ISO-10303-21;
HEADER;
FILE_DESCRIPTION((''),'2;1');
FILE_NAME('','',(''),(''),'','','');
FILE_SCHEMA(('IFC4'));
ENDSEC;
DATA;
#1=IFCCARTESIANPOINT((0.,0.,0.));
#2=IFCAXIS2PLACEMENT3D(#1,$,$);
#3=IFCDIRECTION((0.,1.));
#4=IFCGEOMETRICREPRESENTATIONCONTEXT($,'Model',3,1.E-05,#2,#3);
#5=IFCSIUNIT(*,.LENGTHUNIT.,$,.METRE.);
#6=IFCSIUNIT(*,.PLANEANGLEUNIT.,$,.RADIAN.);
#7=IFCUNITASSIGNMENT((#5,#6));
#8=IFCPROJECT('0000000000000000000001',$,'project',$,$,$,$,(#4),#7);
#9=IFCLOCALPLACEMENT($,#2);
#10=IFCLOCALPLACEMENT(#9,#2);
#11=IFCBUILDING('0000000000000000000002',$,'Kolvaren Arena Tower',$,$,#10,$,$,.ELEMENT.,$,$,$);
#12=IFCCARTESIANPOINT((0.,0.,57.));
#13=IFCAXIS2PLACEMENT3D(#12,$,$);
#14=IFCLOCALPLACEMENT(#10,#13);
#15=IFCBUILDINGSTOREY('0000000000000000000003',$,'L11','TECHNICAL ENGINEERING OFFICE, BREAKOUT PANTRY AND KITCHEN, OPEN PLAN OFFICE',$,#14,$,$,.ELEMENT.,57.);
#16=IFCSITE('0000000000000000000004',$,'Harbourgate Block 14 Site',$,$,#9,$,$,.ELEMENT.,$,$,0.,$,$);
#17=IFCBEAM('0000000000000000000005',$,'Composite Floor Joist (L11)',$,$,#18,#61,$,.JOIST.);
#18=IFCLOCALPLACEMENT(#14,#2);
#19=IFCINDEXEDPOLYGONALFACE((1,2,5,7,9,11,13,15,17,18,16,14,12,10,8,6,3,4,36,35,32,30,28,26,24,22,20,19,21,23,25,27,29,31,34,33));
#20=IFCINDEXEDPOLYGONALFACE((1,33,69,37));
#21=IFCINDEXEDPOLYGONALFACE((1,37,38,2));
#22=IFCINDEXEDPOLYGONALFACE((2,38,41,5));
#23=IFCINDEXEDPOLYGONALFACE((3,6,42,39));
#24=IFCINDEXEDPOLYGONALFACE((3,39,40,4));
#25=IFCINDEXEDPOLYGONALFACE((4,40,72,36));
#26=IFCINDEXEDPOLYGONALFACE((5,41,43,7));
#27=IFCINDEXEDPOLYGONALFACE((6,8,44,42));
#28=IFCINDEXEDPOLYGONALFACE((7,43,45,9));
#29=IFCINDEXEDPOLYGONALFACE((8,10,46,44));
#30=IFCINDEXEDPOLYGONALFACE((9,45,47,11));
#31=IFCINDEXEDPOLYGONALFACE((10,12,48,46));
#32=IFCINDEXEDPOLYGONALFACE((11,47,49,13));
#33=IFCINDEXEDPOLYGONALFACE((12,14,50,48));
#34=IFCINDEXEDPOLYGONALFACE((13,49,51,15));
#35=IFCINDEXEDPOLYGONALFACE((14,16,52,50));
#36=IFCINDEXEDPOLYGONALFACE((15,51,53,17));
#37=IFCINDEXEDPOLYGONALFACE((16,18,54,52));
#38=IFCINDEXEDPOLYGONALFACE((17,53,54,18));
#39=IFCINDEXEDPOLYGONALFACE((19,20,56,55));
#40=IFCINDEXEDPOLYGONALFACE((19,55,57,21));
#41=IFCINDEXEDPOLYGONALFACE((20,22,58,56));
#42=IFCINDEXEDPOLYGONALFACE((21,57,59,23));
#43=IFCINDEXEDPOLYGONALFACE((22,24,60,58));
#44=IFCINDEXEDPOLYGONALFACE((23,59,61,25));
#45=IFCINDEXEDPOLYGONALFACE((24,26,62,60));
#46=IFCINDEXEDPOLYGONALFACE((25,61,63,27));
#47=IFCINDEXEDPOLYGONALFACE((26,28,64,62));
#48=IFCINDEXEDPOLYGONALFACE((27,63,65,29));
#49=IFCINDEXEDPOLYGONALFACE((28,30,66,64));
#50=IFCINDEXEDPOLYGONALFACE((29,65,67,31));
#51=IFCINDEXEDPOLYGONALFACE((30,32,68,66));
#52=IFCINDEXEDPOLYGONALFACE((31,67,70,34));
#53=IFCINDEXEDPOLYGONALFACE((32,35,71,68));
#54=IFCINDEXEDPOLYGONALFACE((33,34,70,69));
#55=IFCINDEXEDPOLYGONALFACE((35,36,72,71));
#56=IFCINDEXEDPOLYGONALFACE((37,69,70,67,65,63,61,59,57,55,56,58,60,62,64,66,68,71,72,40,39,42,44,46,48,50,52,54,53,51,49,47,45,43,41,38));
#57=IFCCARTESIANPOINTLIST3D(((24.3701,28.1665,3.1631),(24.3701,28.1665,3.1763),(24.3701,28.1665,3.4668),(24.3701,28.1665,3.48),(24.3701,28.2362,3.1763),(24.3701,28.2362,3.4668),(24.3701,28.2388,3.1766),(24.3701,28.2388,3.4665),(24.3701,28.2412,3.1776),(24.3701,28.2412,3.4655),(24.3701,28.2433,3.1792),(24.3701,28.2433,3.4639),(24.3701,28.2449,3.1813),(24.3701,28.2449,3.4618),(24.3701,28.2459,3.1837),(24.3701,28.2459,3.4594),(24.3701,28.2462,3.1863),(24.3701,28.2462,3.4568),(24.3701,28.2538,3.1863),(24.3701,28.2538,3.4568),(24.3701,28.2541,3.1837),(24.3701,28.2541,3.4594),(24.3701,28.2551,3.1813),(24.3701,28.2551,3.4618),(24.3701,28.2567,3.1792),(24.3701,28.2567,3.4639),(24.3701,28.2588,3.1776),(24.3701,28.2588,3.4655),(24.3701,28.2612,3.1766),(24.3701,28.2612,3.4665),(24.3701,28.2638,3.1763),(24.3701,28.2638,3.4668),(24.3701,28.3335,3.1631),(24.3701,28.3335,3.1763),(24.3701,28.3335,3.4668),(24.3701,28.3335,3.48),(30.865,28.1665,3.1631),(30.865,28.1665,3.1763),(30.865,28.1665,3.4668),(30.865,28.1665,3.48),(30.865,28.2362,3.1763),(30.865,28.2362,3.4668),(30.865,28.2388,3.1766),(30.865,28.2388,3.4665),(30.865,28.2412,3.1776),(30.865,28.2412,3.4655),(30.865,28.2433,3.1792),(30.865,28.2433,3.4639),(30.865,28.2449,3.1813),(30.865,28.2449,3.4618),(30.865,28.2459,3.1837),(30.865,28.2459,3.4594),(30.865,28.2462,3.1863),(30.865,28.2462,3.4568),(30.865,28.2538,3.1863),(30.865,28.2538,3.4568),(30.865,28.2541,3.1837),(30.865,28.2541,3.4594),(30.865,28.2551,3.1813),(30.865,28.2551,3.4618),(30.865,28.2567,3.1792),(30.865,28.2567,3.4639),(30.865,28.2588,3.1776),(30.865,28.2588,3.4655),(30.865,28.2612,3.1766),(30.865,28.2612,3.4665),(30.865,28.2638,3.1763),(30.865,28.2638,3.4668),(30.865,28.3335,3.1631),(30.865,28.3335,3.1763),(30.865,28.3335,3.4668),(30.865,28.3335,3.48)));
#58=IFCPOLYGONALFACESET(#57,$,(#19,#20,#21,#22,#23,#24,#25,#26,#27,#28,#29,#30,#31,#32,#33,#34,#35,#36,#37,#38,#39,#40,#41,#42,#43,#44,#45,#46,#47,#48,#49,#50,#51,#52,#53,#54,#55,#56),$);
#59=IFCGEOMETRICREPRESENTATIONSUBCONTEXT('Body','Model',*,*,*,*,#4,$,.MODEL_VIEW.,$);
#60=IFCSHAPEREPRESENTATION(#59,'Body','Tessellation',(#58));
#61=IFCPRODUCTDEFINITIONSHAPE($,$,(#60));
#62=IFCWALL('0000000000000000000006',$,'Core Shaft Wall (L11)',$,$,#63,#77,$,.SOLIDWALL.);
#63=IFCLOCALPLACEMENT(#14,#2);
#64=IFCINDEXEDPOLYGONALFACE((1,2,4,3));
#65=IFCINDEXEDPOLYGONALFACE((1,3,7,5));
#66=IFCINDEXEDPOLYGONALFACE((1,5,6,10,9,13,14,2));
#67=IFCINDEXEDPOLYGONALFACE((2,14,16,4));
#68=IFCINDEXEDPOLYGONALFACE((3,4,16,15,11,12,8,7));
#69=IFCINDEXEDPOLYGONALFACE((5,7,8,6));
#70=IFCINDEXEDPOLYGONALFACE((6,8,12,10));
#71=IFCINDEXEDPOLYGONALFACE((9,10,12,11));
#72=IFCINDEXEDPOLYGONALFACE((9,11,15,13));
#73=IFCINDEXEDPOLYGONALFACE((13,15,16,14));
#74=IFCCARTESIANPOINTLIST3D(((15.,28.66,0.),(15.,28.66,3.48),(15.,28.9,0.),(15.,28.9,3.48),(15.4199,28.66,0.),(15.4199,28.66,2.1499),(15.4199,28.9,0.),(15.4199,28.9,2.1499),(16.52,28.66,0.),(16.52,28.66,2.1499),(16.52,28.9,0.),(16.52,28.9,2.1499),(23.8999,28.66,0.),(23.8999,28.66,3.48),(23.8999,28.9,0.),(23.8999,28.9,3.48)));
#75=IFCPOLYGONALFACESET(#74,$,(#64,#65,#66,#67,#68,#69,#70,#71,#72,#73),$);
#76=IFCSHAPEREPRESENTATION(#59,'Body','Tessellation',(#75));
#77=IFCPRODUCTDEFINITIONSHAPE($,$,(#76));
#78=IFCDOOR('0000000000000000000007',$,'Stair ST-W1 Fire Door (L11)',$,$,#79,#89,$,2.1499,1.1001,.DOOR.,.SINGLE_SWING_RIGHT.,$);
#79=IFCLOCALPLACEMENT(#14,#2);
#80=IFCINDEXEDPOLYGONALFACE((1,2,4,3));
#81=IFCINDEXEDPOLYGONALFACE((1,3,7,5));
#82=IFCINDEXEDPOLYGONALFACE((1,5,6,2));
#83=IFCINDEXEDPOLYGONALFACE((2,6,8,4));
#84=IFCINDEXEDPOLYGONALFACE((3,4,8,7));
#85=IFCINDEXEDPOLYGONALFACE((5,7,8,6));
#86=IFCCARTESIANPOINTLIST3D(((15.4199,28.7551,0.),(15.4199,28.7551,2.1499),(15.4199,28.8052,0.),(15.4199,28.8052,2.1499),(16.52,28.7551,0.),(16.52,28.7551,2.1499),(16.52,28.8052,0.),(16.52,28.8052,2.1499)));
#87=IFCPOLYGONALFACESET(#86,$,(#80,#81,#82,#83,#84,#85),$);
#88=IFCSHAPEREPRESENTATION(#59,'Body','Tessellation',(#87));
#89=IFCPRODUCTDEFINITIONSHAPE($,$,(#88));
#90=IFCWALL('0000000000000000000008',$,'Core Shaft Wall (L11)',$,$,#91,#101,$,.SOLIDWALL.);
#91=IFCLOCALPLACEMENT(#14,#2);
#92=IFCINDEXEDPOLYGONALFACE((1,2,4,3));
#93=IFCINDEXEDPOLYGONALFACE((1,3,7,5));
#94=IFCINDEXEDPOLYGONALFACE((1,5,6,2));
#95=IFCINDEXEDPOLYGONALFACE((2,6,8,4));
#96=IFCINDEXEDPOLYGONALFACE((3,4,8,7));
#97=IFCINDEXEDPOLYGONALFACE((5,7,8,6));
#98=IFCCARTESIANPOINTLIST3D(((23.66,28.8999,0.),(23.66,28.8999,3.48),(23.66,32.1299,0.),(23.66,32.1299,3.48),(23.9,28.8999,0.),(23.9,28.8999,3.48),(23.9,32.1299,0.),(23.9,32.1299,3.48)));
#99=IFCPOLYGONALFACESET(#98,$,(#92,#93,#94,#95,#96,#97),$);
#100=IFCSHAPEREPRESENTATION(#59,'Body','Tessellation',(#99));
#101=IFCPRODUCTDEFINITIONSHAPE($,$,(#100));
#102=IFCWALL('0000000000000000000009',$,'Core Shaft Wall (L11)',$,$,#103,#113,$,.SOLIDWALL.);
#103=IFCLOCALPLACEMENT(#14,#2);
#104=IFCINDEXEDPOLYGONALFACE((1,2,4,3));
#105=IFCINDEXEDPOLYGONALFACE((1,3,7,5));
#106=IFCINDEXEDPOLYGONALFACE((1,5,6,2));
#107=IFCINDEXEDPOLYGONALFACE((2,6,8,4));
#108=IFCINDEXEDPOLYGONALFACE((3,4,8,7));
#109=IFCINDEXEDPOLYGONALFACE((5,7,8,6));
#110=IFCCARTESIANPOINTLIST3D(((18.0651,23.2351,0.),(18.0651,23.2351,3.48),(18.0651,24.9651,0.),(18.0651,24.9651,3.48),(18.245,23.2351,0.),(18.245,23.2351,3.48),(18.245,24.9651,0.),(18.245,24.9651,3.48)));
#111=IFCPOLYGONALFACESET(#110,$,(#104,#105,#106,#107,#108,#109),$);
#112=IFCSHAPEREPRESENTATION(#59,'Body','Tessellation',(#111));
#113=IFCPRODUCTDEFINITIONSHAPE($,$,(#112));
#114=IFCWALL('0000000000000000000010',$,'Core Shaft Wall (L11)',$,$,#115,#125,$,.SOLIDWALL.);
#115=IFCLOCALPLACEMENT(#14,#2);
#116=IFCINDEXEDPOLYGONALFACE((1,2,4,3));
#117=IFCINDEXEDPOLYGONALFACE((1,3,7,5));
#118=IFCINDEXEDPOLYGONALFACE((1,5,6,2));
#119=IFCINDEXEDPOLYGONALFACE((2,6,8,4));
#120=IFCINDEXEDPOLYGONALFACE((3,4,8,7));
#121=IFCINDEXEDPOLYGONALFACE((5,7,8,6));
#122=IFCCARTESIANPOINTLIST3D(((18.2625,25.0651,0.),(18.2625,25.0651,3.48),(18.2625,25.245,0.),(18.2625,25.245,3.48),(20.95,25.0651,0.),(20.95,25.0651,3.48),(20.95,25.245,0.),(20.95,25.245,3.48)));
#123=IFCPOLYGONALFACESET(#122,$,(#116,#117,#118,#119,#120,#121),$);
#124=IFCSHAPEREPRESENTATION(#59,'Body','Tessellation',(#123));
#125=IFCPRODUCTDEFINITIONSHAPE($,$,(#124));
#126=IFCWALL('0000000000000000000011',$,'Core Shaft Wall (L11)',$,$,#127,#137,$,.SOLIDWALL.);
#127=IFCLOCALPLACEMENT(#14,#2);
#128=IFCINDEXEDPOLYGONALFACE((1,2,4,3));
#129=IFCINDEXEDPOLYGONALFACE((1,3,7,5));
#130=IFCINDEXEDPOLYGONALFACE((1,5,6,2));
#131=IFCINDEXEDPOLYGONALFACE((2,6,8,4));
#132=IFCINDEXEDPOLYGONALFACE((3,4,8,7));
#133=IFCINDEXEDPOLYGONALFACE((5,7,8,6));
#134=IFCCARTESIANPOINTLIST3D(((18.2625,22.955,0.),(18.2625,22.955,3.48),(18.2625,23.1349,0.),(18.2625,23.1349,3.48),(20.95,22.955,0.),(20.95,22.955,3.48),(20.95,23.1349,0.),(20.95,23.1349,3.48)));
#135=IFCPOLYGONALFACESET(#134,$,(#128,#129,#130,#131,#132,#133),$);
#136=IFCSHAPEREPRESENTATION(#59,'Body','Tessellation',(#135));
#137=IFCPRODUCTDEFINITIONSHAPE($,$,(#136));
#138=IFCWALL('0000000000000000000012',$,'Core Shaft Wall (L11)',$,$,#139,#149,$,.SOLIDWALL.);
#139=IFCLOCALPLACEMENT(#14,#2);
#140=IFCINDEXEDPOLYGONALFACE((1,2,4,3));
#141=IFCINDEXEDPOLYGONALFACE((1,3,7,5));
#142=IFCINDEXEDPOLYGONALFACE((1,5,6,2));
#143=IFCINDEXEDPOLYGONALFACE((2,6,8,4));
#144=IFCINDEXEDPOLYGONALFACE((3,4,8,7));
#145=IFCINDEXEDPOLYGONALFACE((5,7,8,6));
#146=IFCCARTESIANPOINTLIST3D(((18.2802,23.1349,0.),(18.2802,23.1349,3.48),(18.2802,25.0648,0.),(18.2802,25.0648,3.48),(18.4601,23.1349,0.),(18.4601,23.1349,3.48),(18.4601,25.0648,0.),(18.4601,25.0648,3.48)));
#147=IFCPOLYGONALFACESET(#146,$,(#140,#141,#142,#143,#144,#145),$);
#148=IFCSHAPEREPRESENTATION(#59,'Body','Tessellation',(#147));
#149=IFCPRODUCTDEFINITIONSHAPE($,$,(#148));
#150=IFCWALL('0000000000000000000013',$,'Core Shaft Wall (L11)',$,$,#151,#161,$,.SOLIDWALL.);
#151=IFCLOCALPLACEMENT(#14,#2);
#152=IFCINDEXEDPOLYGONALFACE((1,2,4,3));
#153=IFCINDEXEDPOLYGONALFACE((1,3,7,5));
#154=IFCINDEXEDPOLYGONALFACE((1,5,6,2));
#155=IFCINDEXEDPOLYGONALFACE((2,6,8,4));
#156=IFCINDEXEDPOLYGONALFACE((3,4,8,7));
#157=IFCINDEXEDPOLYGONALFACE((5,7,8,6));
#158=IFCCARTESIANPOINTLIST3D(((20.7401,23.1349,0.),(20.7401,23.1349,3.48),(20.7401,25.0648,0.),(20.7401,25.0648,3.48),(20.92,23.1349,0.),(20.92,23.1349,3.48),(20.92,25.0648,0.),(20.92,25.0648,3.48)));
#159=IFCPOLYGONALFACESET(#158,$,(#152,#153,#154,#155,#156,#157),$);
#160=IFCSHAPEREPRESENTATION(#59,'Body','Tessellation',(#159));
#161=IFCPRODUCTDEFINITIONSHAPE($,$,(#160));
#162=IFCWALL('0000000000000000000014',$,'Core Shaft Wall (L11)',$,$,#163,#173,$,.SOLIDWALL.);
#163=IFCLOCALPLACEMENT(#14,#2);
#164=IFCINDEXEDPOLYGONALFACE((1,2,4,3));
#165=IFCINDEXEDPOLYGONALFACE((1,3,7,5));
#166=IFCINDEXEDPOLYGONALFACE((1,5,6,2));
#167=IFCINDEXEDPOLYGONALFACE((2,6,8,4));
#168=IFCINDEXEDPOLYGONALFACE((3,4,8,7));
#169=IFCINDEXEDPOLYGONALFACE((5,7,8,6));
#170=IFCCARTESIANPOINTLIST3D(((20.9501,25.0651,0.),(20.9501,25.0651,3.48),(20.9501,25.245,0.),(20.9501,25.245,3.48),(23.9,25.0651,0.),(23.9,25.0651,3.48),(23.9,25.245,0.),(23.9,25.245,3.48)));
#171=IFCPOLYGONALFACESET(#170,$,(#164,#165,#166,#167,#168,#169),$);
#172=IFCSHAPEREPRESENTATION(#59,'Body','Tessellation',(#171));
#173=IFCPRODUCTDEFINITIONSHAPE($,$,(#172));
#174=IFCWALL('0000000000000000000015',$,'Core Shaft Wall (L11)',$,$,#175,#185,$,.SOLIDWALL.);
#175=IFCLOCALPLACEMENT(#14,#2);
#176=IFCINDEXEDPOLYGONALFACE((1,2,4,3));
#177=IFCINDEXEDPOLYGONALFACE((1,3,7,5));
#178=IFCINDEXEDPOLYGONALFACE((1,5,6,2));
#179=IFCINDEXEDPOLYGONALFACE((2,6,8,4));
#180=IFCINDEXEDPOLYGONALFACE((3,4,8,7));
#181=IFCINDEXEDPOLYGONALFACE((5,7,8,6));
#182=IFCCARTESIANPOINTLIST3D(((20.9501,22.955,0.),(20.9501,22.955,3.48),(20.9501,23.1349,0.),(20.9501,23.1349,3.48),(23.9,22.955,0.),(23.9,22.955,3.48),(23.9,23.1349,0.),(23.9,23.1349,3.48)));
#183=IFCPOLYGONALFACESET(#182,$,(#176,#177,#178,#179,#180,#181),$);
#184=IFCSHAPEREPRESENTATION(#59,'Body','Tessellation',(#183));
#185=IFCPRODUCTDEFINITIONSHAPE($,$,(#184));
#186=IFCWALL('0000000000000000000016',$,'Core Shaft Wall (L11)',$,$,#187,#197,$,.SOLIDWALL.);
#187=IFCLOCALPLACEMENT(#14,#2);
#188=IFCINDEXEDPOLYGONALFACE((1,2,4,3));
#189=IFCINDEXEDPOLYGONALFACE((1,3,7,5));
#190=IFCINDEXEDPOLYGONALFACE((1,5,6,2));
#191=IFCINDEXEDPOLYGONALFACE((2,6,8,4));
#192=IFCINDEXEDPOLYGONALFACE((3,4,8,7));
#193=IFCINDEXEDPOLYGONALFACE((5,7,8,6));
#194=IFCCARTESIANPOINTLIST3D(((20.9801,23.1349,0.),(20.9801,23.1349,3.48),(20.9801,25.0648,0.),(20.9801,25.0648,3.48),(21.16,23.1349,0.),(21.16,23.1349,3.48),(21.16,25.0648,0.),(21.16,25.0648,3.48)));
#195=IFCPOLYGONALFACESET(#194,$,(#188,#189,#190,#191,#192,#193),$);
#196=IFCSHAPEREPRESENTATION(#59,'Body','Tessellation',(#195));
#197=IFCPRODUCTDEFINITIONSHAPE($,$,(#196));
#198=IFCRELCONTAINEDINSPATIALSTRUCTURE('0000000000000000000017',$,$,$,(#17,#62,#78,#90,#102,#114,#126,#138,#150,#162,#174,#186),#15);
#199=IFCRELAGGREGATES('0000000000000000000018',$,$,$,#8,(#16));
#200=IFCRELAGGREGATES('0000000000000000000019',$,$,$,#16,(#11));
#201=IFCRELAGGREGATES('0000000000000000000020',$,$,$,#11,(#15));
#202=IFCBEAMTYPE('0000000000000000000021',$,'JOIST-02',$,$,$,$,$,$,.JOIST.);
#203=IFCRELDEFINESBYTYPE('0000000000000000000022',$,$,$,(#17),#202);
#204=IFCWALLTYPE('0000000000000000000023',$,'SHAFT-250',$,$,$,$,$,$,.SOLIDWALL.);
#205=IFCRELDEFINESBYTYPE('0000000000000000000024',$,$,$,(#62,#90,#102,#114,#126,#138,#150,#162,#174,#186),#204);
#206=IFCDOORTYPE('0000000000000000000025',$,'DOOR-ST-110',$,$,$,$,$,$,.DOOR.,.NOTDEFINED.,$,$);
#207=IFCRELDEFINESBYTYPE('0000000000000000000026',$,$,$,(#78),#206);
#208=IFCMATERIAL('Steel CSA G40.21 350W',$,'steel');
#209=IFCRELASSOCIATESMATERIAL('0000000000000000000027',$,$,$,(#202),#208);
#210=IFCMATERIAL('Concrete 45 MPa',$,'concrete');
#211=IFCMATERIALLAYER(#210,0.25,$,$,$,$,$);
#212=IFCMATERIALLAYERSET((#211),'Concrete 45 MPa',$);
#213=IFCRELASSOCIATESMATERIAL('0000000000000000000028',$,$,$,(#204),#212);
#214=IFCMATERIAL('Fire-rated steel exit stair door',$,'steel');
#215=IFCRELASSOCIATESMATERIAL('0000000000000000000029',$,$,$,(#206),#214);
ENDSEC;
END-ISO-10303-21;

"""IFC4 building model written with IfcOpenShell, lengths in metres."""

from ifc_helpers import new_model, si_unit, direction, frame, frame_2d, origin, origin_2d, place, context, subcontext, project, spatial, rectangle, i_section, extrude, material, layer, layer_set, material_profile, profile_set, type_object, element, fill, save


model = new_model("IFC4")

# Units and contexts
model_context = context("Model", 3, precision=1e-05, world=origin(), true_north=direction((0.0, 1.0)))
body_context = subcontext(model_context, "Body", "Model", "MODEL_VIEW")
ifc_project = project(units=[si_unit("LENGTHUNIT", "METRE"), si_unit("PLANEANGLEUNIT", "RADIAN")], contexts=[model_context])

# Site, building, storey
site_placement = place(None, origin())
site = spatial("IfcSite", under=ifc_project, at=site_placement, Name="Harbourgate Block 14 Site", CompositionType="ELEMENT", RefElevation=0.0)
building_placement = place(site_placement, origin())
building = spatial("IfcBuilding", under=site, at=building_placement, Name="Kolvaren Arena Tower", CompositionType="ELEMENT")
storey_placement = place(building_placement, frame((0.0, 0.0, 57.0)))
storey = spatial("IfcBuildingStorey", under=building, at=storey_placement, Name="L11", Description="TECHNICAL ENGINEERING OFFICE, BREAKOUT PANTRY AND KITCHEN, OPEN PLAN OFFICE", CompositionType="ELEMENT", Elevation=57.0)

# Beam
ifc_material_1 = material(Name="Steel CSA G40.21 350W", Category="steel")
ifc_material_profile_1 = material_profile(ifc_material_1, i_section(OverallWidth=0.167, OverallDepth=0.3169, WebThickness=0.0076, FlangeThickness=0.0132, FilletRadius=0.01, at=origin_2d()), Name="W310x52")
ifc_profile_set_1 = profile_set([ifc_material_profile_1], Name="Steel CSA G40.21 350W")
beam_type_1 = type_object("IfcBeamType", Name="JOIST-02", PredefinedType="JOIST", material=ifc_profile_set_1)
beam_1_placement = place(storey_placement, frame((24.3701, 28.25, 3.3215), z_axis=(1.0, 0.0, 0.0), x_axis=(0.0, 1.0, 0.0)))
element("IfcBeam", 1, at=beam_1_placement, inside=storey, type_object=beam_type_1, Name="Composite Floor Joist (L11)", PredefinedType="JOIST", context=body_context, shape_type="SweptSolid", body=[
    extrude(i_section(OverallWidth=0.167, OverallDepth=0.3169, WebThickness=0.0076, FlangeThickness=0.0132, FilletRadius=0.01, at=origin_2d()), origin(), (0.0, 0.0, 1.0), 6.4949),
])

# Wall, opening, door
ifc_material_2 = material(Name="Concrete 45 MPa", Category="concrete")
ifc_layer = layer(ifc_material_2, 0.25)
ifc_layer_set = layer_set([ifc_layer], Name="Concrete 45 MPa")
wall_type = type_object("IfcWallType", Name="SHAFT-250", PredefinedType="SOLIDWALL", material=ifc_layer_set)
wall_1_placement = place(storey_placement, frame((23.8999, 28.78, 0.0), z_axis=(0.0, 0.0, 1.0), x_axis=(-1.0, 0.0, 0.0)))
wall_1 = element("IfcWall", 2, at=wall_1_placement, inside=storey, type_object=wall_type, Name="Core Shaft Wall (L11)", PredefinedType="SOLIDWALL", context=body_context, shape_type="SweptSolid", body=[
    extrude(rectangle(XDim=8.8999, YDim=0.24, at=frame_2d((4.45, 0.0))), origin(), (0.0, 0.0, 1.0), 3.48),
])
opening_placement = place(wall_1_placement, frame((7.3799, 0.0, 0.0)))
opening = element("IfcOpeningElement", 3, at=opening_placement, cuts=wall_1, PredefinedType="OPENING", context=body_context, shape_type="SweptSolid", body=[
    extrude(rectangle(XDim=1.1001, YDim=2.1499, at=frame_2d((0.55, 1.075))), frame((0.0, 0.1299, 0.0), z_axis=(0.0, -1.0, 0.0), x_axis=(1.0, 0.0, 0.0)), (0.0, 0.0, 1.0), 0.26),
])
ifc_material_3 = material(Name="Fire-rated steel exit stair door", Category="steel")
door_type = type_object("IfcDoorType", Name="DOOR-ST-110", OperationType="NOTDEFINED", PredefinedType="DOOR", material=ifc_material_3)
door_placement = place(opening_placement, origin())
door = element("IfcDoor", 4, at=door_placement, inside=storey, type_object=door_type, Name="Stair ST-W1 Fire Door (L11)", OperationType="SINGLE_SWING_RIGHT", OverallHeight=2.1499, OverallWidth=1.1001, PredefinedType="DOOR", context=body_context, shape_type="SweptSolid", body=[
    extrude(rectangle(XDim=1.1001, YDim=2.1499, at=frame_2d((0.55, 1.075))), frame((0.0, 0.0249, 0.0), z_axis=(0.0, -1.0, 0.0), x_axis=(1.0, 0.0, 0.0)), (0.0, 0.0, 1.0), 0.05),
])
fill(opening, door)

# Walls
wall_2_placement = place(storey_placement, frame((23.78, 28.8999, 0.0), z_axis=(0.0, 0.0, 1.0), x_axis=(0.0, 1.0, 0.0)))
element("IfcWall", 5, at=wall_2_placement, inside=storey, type_object=wall_type, Name="Core Shaft Wall (L11)", PredefinedType="SOLIDWALL", context=body_context, shape_type="SweptSolid", body=[
    extrude(rectangle(XDim=3.23, YDim=0.24, at=frame_2d((1.615, 0.0))), origin(), (0.0, 0.0, 1.0), 3.48),
])
wall_3_placement = place(storey_placement, frame((18.155, 23.2351, 0.0), z_axis=(0.0, 0.0, 1.0), x_axis=(0.0, 1.0, 0.0)))
element("IfcWall", 6, at=wall_3_placement, inside=storey, type_object=wall_type, Name="Core Shaft Wall (L11)", PredefinedType="SOLIDWALL", context=body_context, shape_type="SweptSolid", body=[
    extrude(rectangle(XDim=1.73, YDim=0.1799, at=frame_2d((0.865, 0.0))), origin(), (0.0, 0.0, 1.0), 3.48),
])
for number, where, z_axis, x_axis, name in (
    (7, (18.2625, 25.155, 0.0), (0.0, 0.0, 1.0), (1.0, 0.0, 0.0), "Core Shaft Wall (L11)"),
    (8, (18.2625, 23.0449, 0.0), (0.0, 0.0, 1.0), (1.0, 0.0, 0.0), "Core Shaft Wall (L11)"),
):
    element("IfcWall", number, at=place(storey_placement, frame(where, z_axis=z_axis, x_axis=x_axis)), inside=storey, type_object=wall_type, Name=name, PredefinedType="SOLIDWALL", context=body_context, shape_type="SweptSolid", body=[
        extrude(rectangle(XDim=2.6875, YDim=0.1799, at=frame_2d((1.3438, 0.0))), origin(), (0.0, 0.0, 1.0), 3.48),
    ])
for number, where, z_axis, x_axis, name in (
    (9, (18.3701, 23.135, 0.0), (0.0, 0.0, 1.0), (0.0, 1.0, 0.0), "Core Shaft Wall (L11)"),
    (10, (20.8301, 23.135, 0.0), (0.0, 0.0, 1.0), (0.0, 1.0, 0.0), "Core Shaft Wall (L11)"),
):
    element("IfcWall", number, at=place(storey_placement, frame(where, z_axis=z_axis, x_axis=x_axis)), inside=storey, type_object=wall_type, Name=name, PredefinedType="SOLIDWALL", context=body_context, shape_type="SweptSolid", body=[
        extrude(rectangle(XDim=1.9299, YDim=0.1799, at=frame_2d((0.9648, 0.0))), origin(), (0.0, 0.0, 1.0), 3.48),
    ])
for number, where, z_axis, x_axis, name in (
    (11, (20.95, 25.155, 0.0), (0.0, 0.0, 1.0), (1.0, 0.0, 0.0), "Core Shaft Wall (L11)"),
    (12, (20.95, 23.0449, 0.0), (0.0, 0.0, 1.0), (1.0, 0.0, 0.0), "Core Shaft Wall (L11)"),
):
    element("IfcWall", number, at=place(storey_placement, frame(where, z_axis=z_axis, x_axis=x_axis)), inside=storey, type_object=wall_type, Name=name, PredefinedType="SOLIDWALL", context=body_context, shape_type="SweptSolid", body=[
        extrude(rectangle(XDim=2.95, YDim=0.1799, at=frame_2d((1.4751, 0.0))), origin(), (0.0, 0.0, 1.0), 3.48),
    ])
for number, where, z_axis, x_axis, name in (
    (13, (21.0701, 23.135, 0.0), (0.0, 0.0, 1.0), (0.0, 1.0, 0.0), "Core Shaft Wall (L11)"),
):
    element("IfcWall", number, at=place(storey_placement, frame(where, z_axis=z_axis, x_axis=x_axis)), inside=storey, type_object=wall_type, Name=name, PredefinedType="SOLIDWALL", context=body_context, shape_type="SweptSolid", body=[
        extrude(rectangle(XDim=1.9299, YDim=0.1799, at=frame_2d((0.9648, 0.0))), origin(), (0.0, 0.0, 1.0), 3.48),
    ])

save(model, "model.ifc")
